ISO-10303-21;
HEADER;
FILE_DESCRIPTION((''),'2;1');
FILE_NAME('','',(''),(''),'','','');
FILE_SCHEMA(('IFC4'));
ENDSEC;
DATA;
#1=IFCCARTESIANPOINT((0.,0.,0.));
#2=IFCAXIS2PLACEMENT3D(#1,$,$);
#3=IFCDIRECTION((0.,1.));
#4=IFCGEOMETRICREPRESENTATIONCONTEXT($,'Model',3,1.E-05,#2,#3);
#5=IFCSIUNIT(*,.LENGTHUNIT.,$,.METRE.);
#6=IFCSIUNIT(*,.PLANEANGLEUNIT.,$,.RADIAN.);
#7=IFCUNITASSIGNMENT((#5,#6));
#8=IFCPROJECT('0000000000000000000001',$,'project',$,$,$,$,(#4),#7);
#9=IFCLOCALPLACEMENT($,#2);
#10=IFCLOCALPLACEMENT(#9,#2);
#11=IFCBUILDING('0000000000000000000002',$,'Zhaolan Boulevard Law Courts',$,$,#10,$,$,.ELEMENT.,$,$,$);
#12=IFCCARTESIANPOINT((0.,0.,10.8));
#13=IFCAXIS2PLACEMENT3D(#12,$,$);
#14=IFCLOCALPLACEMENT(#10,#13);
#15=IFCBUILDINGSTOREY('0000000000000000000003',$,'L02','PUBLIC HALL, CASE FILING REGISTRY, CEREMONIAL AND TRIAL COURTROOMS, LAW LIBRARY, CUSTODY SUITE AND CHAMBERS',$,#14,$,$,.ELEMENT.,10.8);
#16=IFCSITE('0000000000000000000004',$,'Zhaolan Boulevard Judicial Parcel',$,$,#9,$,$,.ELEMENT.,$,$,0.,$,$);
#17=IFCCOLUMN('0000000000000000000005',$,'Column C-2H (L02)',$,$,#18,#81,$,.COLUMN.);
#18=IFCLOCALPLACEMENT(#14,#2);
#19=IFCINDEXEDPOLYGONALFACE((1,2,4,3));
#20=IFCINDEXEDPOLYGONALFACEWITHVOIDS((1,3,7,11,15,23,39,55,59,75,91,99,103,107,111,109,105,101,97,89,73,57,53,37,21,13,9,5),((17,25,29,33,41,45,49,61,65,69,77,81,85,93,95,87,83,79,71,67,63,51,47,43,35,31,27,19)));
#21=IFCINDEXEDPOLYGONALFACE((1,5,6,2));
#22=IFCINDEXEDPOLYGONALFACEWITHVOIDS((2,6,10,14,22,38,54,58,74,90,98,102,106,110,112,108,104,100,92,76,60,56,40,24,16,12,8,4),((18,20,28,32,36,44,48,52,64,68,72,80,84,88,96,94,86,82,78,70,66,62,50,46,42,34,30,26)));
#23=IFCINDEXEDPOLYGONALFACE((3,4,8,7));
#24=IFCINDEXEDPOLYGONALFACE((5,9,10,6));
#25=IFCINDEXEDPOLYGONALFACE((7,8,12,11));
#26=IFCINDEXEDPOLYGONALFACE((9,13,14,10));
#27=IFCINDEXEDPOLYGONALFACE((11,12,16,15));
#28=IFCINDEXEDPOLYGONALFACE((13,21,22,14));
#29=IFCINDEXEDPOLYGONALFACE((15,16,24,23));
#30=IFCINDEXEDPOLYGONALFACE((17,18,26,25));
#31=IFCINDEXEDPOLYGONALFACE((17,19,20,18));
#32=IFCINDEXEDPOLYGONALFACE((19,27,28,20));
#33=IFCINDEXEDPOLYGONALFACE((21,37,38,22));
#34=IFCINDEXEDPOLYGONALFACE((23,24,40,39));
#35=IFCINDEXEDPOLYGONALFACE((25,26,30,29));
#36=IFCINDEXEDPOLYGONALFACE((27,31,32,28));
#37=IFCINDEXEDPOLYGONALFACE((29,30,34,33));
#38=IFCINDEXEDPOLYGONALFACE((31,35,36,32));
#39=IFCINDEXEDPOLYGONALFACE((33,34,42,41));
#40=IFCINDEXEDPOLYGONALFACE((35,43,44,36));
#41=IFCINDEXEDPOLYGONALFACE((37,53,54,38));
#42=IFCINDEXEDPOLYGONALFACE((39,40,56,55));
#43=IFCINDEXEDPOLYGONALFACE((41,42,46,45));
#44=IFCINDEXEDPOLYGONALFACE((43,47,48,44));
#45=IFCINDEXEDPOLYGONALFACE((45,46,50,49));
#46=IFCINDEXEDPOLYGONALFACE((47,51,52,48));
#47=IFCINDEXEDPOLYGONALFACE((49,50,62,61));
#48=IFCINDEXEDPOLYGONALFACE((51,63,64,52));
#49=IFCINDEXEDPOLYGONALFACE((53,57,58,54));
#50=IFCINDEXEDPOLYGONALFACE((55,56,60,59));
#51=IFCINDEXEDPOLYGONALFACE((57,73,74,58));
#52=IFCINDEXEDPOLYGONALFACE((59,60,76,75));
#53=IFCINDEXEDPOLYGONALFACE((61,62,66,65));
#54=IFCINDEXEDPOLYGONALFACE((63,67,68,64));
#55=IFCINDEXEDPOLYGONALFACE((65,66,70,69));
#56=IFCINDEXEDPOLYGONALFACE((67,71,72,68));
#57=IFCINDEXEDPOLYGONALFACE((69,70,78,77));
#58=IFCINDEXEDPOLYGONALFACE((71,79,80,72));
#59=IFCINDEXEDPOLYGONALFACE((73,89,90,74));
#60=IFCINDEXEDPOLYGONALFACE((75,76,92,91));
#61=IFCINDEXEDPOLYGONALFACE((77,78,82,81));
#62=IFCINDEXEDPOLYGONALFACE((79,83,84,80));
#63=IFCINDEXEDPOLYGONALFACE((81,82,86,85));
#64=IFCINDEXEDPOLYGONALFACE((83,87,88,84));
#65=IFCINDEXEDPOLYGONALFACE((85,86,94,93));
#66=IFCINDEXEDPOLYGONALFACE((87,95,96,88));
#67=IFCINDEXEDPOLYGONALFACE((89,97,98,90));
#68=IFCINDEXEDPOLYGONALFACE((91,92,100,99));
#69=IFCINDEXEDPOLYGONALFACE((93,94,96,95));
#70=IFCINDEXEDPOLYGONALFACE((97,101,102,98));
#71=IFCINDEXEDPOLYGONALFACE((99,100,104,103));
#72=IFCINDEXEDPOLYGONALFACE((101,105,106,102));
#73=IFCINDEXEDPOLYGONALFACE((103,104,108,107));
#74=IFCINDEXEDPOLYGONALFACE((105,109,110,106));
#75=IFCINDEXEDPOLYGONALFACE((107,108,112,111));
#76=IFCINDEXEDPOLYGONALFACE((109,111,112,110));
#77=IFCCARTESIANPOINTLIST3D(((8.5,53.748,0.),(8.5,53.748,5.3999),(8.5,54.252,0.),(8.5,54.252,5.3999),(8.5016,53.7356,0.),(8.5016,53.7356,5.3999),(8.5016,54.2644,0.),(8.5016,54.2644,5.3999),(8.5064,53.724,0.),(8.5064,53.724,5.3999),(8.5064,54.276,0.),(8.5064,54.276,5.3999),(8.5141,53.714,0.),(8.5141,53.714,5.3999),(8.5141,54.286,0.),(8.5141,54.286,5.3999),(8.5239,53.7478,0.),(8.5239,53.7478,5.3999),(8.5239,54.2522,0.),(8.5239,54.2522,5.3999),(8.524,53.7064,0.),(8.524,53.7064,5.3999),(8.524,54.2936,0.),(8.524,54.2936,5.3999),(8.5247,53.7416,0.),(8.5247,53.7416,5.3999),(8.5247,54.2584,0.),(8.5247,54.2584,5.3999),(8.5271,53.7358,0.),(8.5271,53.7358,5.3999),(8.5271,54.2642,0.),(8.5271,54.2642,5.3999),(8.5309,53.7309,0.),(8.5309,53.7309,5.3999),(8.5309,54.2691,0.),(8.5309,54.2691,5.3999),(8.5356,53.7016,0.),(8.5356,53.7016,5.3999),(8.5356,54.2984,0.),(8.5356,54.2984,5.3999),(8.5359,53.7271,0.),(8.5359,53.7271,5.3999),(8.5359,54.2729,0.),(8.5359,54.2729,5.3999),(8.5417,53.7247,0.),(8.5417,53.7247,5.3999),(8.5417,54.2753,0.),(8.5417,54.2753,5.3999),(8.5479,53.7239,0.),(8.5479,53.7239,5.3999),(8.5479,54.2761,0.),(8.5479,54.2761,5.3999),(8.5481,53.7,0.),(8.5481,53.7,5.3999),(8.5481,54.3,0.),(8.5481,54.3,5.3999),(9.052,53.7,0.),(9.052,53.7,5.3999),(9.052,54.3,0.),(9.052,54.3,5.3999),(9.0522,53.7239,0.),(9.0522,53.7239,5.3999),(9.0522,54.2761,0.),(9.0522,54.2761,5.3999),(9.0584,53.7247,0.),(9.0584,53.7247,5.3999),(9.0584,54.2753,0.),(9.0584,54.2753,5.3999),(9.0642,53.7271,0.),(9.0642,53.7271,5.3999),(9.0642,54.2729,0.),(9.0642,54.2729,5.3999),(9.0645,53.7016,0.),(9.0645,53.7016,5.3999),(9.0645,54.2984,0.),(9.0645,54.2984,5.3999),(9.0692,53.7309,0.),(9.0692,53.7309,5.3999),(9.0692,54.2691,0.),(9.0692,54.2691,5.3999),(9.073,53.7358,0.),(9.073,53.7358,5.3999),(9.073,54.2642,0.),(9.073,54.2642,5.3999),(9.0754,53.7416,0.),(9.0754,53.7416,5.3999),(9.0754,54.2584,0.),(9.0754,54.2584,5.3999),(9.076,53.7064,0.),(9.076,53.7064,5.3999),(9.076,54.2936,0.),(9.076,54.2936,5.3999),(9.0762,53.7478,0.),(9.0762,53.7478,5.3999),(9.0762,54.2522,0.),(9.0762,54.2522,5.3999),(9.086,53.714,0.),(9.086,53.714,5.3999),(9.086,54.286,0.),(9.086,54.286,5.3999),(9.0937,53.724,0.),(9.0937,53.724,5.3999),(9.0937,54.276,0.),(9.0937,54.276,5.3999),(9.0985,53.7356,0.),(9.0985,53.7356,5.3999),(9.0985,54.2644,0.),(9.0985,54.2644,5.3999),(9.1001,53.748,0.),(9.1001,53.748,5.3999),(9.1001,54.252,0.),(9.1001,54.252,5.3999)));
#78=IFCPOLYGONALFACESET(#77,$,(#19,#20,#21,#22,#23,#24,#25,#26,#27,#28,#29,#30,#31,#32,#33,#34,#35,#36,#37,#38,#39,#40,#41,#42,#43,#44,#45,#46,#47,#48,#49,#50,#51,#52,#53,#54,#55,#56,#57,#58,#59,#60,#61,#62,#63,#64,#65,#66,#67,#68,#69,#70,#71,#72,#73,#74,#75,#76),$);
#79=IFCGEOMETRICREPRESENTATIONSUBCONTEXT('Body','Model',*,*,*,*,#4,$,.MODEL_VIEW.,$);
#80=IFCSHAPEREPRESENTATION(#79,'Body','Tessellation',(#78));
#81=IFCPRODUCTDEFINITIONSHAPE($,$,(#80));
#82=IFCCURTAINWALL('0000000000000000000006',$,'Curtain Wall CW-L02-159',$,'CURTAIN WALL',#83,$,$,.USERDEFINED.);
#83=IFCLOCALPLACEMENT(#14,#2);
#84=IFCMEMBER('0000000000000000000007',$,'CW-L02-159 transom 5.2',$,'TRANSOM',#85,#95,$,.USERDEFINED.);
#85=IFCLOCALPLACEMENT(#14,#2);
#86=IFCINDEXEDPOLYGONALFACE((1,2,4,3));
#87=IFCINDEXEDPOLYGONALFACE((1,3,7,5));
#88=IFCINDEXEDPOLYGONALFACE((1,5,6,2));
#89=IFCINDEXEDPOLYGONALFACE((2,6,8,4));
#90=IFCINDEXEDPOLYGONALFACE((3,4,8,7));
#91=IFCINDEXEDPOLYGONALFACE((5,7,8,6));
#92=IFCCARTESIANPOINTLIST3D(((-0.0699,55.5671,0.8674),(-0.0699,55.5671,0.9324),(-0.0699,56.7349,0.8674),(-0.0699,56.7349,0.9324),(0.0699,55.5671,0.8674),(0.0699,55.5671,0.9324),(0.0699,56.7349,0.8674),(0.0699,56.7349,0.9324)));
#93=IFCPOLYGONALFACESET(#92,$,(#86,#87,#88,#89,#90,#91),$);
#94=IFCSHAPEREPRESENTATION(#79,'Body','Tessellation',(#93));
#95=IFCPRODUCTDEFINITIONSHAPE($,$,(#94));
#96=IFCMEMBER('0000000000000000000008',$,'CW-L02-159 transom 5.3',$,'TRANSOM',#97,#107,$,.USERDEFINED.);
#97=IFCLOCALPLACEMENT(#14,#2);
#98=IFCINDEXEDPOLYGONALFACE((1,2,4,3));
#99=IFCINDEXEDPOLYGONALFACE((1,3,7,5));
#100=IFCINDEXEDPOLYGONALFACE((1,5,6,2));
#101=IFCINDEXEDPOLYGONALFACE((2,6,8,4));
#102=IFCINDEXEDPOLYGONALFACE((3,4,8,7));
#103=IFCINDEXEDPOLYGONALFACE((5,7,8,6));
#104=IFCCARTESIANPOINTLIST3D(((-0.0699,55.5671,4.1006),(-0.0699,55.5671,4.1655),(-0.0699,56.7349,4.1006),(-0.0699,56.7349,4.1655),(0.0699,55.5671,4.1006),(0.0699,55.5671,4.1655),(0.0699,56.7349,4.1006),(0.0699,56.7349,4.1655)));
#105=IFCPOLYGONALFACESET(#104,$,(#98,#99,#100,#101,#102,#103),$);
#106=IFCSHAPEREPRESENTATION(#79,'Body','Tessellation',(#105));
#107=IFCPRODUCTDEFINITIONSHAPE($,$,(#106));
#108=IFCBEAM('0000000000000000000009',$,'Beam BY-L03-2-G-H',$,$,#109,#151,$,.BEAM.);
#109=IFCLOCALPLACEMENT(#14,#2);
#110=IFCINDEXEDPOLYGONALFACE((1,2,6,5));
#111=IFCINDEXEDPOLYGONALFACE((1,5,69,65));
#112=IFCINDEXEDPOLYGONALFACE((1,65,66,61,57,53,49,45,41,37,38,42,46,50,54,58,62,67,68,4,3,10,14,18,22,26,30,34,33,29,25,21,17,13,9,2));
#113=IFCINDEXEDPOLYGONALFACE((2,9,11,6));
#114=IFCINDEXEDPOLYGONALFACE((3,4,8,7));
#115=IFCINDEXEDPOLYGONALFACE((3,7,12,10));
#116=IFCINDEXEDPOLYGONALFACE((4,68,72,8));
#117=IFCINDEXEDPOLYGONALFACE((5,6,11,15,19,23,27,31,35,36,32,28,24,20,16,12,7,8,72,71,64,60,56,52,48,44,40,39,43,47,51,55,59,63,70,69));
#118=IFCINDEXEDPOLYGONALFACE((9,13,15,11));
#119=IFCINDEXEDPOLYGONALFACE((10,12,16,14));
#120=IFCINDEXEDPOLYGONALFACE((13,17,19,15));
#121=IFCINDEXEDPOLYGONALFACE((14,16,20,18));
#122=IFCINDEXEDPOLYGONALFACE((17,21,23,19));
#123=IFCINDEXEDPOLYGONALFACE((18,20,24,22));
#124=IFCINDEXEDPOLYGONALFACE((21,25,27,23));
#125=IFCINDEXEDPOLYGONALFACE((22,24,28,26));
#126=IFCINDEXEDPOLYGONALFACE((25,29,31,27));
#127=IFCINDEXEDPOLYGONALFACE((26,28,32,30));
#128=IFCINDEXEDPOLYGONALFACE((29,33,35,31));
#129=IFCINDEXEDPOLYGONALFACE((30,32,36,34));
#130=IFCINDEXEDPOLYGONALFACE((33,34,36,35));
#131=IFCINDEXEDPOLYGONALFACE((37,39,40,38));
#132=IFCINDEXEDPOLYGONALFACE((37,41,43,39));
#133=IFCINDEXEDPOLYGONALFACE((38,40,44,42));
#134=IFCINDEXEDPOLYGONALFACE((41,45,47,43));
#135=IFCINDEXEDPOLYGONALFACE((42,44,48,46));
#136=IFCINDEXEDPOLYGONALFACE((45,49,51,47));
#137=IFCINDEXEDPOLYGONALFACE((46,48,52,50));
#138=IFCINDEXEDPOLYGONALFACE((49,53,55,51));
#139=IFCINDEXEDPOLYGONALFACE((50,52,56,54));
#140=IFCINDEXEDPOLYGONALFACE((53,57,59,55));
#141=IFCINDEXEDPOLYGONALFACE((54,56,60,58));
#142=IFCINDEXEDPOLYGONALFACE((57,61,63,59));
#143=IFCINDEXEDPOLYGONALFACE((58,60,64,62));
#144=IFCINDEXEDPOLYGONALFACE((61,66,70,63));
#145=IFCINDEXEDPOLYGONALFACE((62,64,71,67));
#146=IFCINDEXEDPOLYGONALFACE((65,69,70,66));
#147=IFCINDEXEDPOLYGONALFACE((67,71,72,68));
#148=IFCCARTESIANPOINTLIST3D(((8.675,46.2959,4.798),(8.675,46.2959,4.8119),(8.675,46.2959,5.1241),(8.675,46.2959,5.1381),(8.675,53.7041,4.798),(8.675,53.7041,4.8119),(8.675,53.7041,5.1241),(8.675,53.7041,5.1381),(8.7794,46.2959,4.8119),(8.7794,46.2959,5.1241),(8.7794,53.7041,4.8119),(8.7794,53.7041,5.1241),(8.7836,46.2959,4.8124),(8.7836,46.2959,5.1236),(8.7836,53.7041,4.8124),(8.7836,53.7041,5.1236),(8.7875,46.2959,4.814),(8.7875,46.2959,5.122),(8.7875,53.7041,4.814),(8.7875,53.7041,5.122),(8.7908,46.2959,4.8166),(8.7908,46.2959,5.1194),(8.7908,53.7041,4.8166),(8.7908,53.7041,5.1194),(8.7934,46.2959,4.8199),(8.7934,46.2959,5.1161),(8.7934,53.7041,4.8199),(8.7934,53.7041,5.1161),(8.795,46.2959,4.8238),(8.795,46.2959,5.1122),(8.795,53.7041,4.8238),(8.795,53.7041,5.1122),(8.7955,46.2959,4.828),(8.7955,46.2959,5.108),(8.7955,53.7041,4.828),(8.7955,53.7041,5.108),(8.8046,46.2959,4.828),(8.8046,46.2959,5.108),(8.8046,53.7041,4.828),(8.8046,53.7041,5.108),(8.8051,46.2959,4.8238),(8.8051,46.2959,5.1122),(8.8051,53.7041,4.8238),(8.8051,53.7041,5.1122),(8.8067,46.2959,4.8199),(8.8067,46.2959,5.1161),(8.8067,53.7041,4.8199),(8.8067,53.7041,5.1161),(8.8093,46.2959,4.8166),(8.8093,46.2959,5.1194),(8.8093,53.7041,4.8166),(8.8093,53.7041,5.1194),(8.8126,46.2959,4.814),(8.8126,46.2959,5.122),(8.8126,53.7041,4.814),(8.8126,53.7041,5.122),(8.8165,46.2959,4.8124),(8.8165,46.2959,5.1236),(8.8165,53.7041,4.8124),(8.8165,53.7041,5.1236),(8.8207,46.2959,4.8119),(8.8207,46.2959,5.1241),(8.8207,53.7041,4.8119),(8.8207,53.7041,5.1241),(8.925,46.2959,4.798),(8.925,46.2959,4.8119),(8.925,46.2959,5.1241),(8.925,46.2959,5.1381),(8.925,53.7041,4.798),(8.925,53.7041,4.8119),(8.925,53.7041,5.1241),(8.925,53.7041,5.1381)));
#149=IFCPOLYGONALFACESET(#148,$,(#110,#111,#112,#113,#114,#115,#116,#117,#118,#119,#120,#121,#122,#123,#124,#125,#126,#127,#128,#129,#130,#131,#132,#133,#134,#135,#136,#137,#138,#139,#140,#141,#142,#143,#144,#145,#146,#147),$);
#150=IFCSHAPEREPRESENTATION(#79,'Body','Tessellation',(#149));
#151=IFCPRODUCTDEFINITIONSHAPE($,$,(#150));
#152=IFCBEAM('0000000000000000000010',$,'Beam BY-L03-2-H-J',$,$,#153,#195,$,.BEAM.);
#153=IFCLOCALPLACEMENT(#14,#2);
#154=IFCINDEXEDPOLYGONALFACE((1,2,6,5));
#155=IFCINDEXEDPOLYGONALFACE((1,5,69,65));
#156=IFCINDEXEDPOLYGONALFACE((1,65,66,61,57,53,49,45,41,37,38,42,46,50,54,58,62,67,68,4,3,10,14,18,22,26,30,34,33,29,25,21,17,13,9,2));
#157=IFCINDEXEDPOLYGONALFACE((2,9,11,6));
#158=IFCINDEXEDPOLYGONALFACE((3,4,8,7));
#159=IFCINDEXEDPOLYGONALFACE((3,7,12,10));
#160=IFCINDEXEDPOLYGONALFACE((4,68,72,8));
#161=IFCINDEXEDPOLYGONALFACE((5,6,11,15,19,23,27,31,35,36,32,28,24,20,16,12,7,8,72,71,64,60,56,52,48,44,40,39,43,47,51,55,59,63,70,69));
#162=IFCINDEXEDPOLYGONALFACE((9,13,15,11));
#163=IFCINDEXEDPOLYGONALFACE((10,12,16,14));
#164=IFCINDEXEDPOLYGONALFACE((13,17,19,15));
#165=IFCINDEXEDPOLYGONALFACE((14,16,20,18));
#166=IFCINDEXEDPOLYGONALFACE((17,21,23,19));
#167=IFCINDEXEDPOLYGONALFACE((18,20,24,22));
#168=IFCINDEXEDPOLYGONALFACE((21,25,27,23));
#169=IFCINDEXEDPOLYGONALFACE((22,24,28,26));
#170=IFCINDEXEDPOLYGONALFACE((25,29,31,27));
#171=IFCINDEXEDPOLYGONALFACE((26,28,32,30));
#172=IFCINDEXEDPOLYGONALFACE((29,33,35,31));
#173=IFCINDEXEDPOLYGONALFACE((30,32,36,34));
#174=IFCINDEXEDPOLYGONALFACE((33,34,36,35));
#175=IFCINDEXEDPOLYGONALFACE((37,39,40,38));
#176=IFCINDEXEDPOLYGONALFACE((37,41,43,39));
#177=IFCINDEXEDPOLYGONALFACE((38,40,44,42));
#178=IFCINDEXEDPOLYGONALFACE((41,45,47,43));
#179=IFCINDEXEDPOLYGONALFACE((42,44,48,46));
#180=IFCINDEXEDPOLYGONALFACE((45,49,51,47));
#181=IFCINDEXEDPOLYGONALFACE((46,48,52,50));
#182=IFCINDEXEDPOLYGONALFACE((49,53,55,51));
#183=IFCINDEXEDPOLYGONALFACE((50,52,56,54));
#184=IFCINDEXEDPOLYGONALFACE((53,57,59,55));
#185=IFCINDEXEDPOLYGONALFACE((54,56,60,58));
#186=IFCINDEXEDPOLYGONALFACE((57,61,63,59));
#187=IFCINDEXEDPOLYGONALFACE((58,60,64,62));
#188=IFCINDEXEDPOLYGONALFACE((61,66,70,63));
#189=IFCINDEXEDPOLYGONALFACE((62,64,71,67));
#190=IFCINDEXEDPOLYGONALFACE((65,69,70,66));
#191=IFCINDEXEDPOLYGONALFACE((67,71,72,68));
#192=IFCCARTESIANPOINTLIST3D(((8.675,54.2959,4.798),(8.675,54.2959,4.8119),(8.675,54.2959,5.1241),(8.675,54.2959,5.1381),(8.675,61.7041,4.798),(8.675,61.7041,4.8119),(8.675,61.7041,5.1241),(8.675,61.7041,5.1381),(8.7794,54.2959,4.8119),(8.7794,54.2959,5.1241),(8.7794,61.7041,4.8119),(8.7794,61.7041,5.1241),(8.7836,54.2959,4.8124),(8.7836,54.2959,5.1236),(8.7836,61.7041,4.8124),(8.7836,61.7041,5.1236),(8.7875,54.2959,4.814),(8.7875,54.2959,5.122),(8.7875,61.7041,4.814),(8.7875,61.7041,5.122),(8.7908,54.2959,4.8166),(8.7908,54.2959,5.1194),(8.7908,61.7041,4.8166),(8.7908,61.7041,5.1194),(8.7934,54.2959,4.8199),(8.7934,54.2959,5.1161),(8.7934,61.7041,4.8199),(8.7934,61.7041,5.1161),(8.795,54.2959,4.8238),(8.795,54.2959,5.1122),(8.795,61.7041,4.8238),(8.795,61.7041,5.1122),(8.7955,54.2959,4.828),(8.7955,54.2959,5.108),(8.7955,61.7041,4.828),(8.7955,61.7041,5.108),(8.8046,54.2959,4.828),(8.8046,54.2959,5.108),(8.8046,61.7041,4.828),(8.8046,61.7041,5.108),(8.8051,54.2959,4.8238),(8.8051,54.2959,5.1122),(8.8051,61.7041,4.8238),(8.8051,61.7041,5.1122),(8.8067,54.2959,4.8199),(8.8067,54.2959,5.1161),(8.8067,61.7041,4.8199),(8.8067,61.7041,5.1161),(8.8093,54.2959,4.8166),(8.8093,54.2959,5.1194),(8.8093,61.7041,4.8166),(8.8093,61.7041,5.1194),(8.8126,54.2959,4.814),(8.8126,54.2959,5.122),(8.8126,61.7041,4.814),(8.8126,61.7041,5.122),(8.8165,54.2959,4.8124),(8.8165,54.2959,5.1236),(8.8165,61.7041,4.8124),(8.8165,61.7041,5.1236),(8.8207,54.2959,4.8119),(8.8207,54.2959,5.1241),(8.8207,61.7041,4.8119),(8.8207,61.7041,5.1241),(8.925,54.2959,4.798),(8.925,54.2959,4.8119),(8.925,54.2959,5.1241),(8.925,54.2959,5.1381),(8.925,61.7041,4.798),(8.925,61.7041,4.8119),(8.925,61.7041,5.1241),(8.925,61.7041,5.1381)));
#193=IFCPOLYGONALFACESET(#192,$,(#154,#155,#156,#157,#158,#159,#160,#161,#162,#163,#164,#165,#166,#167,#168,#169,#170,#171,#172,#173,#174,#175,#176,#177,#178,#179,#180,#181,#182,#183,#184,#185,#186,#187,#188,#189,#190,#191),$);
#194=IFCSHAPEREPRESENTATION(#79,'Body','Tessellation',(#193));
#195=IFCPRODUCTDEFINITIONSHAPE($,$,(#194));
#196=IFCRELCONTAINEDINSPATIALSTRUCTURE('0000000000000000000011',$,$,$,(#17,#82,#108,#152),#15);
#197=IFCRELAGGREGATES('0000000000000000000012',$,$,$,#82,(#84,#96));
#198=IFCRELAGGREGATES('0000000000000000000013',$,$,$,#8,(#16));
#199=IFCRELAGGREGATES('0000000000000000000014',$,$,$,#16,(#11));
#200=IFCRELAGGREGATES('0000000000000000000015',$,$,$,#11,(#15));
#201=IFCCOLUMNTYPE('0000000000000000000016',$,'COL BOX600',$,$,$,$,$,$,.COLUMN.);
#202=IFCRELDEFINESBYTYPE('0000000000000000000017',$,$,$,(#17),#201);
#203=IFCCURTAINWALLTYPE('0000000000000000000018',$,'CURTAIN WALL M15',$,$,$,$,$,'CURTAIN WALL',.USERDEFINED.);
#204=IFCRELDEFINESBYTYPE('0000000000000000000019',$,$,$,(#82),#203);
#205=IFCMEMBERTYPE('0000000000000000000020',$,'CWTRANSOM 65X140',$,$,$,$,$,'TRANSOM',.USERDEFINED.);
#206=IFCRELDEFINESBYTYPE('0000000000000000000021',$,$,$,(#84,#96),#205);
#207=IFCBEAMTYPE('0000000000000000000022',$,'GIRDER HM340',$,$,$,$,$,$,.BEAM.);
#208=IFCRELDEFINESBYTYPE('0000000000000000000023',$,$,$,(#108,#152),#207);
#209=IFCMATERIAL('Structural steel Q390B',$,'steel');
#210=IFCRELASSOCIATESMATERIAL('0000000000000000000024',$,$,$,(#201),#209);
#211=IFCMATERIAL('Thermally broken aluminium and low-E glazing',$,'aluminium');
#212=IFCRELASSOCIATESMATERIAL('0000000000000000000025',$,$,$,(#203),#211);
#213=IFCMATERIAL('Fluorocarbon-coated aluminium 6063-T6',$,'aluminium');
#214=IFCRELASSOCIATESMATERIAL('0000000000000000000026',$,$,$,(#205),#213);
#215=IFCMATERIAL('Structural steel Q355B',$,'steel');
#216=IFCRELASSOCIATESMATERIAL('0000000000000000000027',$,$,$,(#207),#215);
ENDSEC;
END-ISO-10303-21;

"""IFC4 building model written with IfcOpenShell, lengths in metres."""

from ifc_helpers import new_model, si_unit, direction, frame, origin, origin_2d, place, context, subcontext, project, spatial, rectangle, hollow_rectangle, i_section, extrude, material, material_profile, profile_set, type_object, element, aggregate, save


model = new_model("IFC4")

# Units and contexts
model_context = context("Model", 3, precision=1e-05, world=origin(), true_north=direction((0.0, 1.0)))
body_context = subcontext(model_context, "Body", "Model", "MODEL_VIEW")
ifc_project = project(units=[si_unit("LENGTHUNIT", "METRE"), si_unit("PLANEANGLEUNIT", "RADIAN")], contexts=[model_context])

# Site, building, storey
site_placement = place(None, origin())
site = spatial("IfcSite", under=ifc_project, at=site_placement, Name="Zhaolan Boulevard Judicial Parcel", CompositionType="ELEMENT", RefElevation=0.0)
building_placement = place(site_placement, origin())
building = spatial("IfcBuilding", under=site, at=building_placement, Name="Zhaolan Boulevard Law Courts", CompositionType="ELEMENT")
storey_placement = place(building_placement, frame((0.0, 0.0, 10.8)))
storey = spatial("IfcBuildingStorey", under=building, at=storey_placement, Name="L02", Description="PUBLIC HALL, CASE FILING REGISTRY, CEREMONIAL AND TRIAL COURTROOMS, LAW LIBRARY, CUSTODY SUITE AND CHAMBERS", CompositionType="ELEMENT", Elevation=10.8)

# Column
ifc_material_1 = material(Name="Structural steel Q390B", Category="steel")
ifc_material_profile_1 = material_profile(ifc_material_1, hollow_rectangle(XDim=0.6001, YDim=0.6001, WallThickness=0.0239, InnerFilletRadius=0.0239, OuterFilletRadius=0.0481, at=origin_2d()), Name="BOX600x600x24")
ifc_profile_set_1 = profile_set([ifc_material_profile_1], Name="Structural steel Q390B")
column_type = type_object("IfcColumnType", Name="COL BOX600", PredefinedType="COLUMN", material=ifc_profile_set_1)
column_placement = place(storey_placement, frame((8.8, 54.0, 0.0), z_axis=(0.0, 0.0, 1.0), x_axis=(1.0, 0.0, 0.0)))
element("IfcColumn", 1, at=column_placement, inside=storey, type_object=column_type, Name="Column C-2H (L02)", PredefinedType="COLUMN", context=body_context, shape_type="SweptSolid", body=[
    extrude(hollow_rectangle(XDim=0.6001, YDim=0.6001, WallThickness=0.0239, InnerFilletRadius=0.0239, OuterFilletRadius=0.0481, at=origin_2d()), origin(), (0.0, 0.0, 1.0), 5.3999),
])

# Curtain wall, members
ifc_material_2 = material(Name="Thermally broken aluminium and low-E glazing", Category="aluminium")
curtain_wall_type = type_object("IfcCurtainWallType", Name="CURTAIN WALL M15", ElementType="CURTAIN WALL", PredefinedType="USERDEFINED", material=ifc_material_2)
curtain_wall_placement = place(storey_placement, origin())
curtain_wall = element("IfcCurtainWall", 2, at=curtain_wall_placement, inside=storey, type_object=curtain_wall_type, Name="Curtain Wall CW-L02-159", ObjectType="CURTAIN WALL", PredefinedType="USERDEFINED")
ifc_material_3 = material(Name="Fluorocarbon-coated aluminium 6063-T6", Category="aluminium")
ifc_material_profile_2 = material_profile(ifc_material_3, rectangle(XDim=0.1399, YDim=0.0649, at=origin_2d()), Name="AL65x140")
ifc_profile_set_2 = profile_set([ifc_material_profile_2], Name="Fluorocarbon-coated aluminium 6063-T6")
member_type = type_object("IfcMemberType", Name="CWTRANSOM 65X140", ElementType="TRANSOM", PredefinedType="USERDEFINED", material=ifc_profile_set_2)
member_1_placement = place(storey_placement, frame((0.0, 56.7349, 0.8999), z_axis=(0.0, -1.0, 0.0), x_axis=(1.0, 0.0, 0.0)))
member_1 = element("IfcMember", 3, at=member_1_placement, type_object=member_type, Name="CW-L02-159 transom 5.2", ObjectType="TRANSOM", PredefinedType="USERDEFINED", context=body_context, shape_type="SweptSolid", body=[
    extrude(rectangle(XDim=0.1399, YDim=0.0649, at=origin_2d()), origin(), (0.0, 0.0, 1.0), 1.1677),
])
member_2_placement = place(storey_placement, frame((0.0, 56.7349, 4.1331), z_axis=(0.0, -1.0, 0.0), x_axis=(1.0, 0.0, 0.0)))
member_2 = element("IfcMember", 4, at=member_2_placement, type_object=member_type, Name="CW-L02-159 transom 5.3", ObjectType="TRANSOM", PredefinedType="USERDEFINED", context=body_context, shape_type="SweptSolid", body=[
    extrude(rectangle(XDim=0.1399, YDim=0.0649, at=origin_2d()), origin(), (0.0, 0.0, 1.0), 1.1677),
])
aggregate(curtain_wall, [member_1, member_2])

# Beams
ifc_material_4 = material(Name="Structural steel Q355B", Category="steel")
ifc_material_profile_3 = material_profile(ifc_material_4, i_section(OverallWidth=0.25, OverallDepth=0.3401, WebThickness=0.009, FlangeThickness=0.0139, FilletRadius=0.0161, at=origin_2d()), Name="HM340x250")
ifc_profile_set_3 = profile_set([ifc_material_profile_3], Name="Structural steel Q355B")
beam_type_1 = type_object("IfcBeamType", Name="GIRDER HM340", PredefinedType="BEAM", material=ifc_profile_set_3)
for number, where, z_axis, x_axis, name in (
    (5, (8.8, 46.2959, 4.968), (0.0, 1.0, 0.0), (-1.0, 0.0, 0.0), "Beam BY-L03-2-G-H"),
    (6, (8.8, 54.2959, 4.968), (0.0, 1.0, 0.0), (-1.0, 0.0, 0.0), "Beam BY-L03-2-H-J"),
):
    element("IfcBeam", number, at=place(storey_placement, frame(where, z_axis=z_axis, x_axis=x_axis)), inside=storey, type_object=beam_type_1, Name=name, PredefinedType="BEAM", context=body_context, shape_type="SweptSolid", body=[
        extrude(i_section(OverallWidth=0.25, OverallDepth=0.3401, WebThickness=0.009, FlangeThickness=0.0139, FilletRadius=0.0161, at=origin_2d()), origin(), (0.0, 0.0, 1.0), 7.4082),
    ])

save(model, "model.ifc")
